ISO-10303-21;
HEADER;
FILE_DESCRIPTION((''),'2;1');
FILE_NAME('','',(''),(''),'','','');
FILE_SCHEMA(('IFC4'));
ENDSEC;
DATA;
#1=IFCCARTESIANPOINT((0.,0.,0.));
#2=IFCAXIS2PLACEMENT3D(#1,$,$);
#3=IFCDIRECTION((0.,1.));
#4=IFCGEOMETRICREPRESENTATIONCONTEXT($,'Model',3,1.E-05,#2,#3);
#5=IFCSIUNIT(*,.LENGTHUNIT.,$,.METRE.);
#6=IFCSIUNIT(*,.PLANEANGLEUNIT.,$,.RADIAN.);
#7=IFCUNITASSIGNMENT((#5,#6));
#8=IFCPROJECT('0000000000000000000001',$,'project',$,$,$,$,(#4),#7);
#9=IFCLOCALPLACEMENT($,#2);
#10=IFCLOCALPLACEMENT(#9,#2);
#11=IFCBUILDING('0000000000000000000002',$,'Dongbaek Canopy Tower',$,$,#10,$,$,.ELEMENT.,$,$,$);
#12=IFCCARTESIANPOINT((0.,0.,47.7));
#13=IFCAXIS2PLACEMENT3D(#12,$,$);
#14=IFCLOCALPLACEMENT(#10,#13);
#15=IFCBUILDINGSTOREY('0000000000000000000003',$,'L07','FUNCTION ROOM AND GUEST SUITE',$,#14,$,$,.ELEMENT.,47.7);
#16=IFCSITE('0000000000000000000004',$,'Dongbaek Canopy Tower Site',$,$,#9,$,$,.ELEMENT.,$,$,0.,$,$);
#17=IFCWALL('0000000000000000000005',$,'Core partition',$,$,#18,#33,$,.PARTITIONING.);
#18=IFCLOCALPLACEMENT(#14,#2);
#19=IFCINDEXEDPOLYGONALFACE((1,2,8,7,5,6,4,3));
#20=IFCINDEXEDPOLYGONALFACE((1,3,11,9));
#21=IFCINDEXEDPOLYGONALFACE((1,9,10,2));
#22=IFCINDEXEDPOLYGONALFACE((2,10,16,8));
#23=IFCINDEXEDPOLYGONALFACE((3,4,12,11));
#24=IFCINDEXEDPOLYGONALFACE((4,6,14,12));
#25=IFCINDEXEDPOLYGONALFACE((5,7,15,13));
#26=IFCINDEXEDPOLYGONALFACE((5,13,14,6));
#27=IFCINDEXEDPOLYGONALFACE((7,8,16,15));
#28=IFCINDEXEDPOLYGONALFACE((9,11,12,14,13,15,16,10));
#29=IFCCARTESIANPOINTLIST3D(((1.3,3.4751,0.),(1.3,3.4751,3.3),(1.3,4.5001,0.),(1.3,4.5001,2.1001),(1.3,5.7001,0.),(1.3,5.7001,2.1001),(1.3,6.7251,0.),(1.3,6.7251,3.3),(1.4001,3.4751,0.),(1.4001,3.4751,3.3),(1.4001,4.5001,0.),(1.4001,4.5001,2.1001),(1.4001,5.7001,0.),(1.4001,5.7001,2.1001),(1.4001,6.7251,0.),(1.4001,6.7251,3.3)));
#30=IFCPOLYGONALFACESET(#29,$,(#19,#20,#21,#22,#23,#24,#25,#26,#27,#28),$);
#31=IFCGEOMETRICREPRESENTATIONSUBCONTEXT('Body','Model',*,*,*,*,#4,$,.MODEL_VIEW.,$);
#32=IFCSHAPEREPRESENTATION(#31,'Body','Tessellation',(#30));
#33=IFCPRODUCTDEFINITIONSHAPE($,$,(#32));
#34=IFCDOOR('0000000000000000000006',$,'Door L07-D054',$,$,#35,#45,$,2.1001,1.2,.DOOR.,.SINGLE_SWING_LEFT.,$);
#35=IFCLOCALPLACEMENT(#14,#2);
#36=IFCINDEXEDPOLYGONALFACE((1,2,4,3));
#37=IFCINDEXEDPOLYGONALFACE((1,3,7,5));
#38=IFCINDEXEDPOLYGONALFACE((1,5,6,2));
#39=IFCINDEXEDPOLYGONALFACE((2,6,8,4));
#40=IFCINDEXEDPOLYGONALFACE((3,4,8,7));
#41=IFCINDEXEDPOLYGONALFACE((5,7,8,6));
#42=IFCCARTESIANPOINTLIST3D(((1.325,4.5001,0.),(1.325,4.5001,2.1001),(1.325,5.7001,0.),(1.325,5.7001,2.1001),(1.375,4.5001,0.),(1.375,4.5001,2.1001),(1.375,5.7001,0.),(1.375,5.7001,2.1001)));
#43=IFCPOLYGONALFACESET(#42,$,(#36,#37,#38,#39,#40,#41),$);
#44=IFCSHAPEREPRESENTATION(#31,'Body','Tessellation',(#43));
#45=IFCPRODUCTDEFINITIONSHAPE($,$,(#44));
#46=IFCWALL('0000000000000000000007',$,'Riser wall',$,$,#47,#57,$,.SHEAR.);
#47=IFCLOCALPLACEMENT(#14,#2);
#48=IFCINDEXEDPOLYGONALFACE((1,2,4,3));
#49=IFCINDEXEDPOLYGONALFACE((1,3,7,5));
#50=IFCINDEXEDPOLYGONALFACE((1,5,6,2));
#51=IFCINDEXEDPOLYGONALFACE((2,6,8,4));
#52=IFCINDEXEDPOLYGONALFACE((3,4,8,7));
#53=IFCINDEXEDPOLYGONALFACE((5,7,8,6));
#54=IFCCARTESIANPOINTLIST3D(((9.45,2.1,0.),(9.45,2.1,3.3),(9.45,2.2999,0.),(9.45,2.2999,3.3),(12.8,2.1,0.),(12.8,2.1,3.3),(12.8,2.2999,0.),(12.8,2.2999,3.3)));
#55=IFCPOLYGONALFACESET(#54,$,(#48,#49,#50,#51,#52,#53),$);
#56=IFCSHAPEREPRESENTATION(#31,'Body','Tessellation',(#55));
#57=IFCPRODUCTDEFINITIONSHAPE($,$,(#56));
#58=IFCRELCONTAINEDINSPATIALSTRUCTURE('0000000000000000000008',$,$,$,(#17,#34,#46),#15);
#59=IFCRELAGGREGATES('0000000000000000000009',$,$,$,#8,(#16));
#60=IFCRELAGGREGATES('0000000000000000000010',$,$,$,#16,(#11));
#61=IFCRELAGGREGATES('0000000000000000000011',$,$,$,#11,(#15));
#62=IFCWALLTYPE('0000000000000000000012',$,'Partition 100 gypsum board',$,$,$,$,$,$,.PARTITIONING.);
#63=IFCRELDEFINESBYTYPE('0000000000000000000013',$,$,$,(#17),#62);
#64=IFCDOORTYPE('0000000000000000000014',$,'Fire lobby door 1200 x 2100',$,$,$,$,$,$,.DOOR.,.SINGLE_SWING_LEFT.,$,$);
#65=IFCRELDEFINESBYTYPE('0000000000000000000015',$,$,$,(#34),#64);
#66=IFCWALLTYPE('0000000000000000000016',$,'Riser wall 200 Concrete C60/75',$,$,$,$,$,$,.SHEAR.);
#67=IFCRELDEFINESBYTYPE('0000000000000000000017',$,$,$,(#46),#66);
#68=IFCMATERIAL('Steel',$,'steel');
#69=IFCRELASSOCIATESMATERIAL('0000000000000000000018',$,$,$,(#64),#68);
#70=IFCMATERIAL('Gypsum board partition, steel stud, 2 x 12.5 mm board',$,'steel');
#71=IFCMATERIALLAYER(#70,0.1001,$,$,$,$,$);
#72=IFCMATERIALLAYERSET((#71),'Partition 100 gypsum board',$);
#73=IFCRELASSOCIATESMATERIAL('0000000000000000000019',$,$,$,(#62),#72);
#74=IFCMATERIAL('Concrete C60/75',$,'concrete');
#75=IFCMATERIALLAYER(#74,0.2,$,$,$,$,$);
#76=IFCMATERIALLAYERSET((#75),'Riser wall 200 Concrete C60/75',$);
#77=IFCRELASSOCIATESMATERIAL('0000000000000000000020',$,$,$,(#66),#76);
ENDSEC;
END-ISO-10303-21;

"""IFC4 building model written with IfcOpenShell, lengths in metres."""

from ifc_helpers import new_model, si_unit, direction, frame, frame_2d, origin, place, context, subcontext, project, spatial, rectangle, extrude, material, layer, layer_set, type_object, element, fill, save


model = new_model("IFC4")

# Units and contexts
model_context = context("Model", 3, precision=1e-05, world=origin(), true_north=direction((0.0, 1.0)))
body_context = subcontext(model_context, "Body", "Model", "MODEL_VIEW")
ifc_project = project(units=[si_unit("LENGTHUNIT", "METRE"), si_unit("PLANEANGLEUNIT", "RADIAN")], contexts=[model_context])

# Site, building, storey
site_placement = place(None, origin())
site = spatial("IfcSite", under=ifc_project, at=site_placement, Name="Dongbaek Canopy Tower Site", CompositionType="ELEMENT", RefElevation=0.0)
building_placement = place(site_placement, origin())
building = spatial("IfcBuilding", under=site, at=building_placement, Name="Dongbaek Canopy Tower", CompositionType="ELEMENT")
storey_placement = place(building_placement, frame((0.0, 0.0, 47.7)))
storey = spatial("IfcBuildingStorey", under=building, at=storey_placement, Name="L07", Description="FUNCTION ROOM AND GUEST SUITE", CompositionType="ELEMENT", Elevation=47.7)

# Shared definitions
ifc_material_1 = material(Name="Steel", Category="steel")
door_type_1 = type_object("IfcDoorType", Name="Fire lobby door 1200 x 2100", OperationType="SINGLE_SWING_LEFT", PredefinedType="DOOR", material=ifc_material_1)

# Wall, opening, door
ifc_material_2 = material(Name="Gypsum board partition, steel stud, 2 x 12.5 mm board", Category="steel")
ifc_layer_1 = layer(ifc_material_2, 0.1001)
ifc_layer_set_1 = layer_set([ifc_layer_1], Name="Partition 100 gypsum board")
wall_type_1 = type_object("IfcWallType", Name="Partition 100 gypsum board", PredefinedType="PARTITIONING", material=ifc_layer_set_1)
wall_1_placement = place(storey_placement, frame((1.3501, 6.7251, 0.0), z_axis=(0.0, 0.0, 1.0), x_axis=(0.0, -1.0, 0.0)))
wall_1 = element("IfcWall", 1, at=wall_1_placement, inside=storey, type_object=wall_type_1, Name="Core partition", PredefinedType="PARTITIONING", context=body_context, shape_type="SweptSolid", body=[
    extrude(rectangle(XDim=3.25, YDim=0.1001, at=frame_2d((1.625, 0.0))), origin(), (0.0, 0.0, 1.0), 3.3),
])
opening_1_placement = place(wall_1_placement, frame((1.0249, 0.0, 0.0)))
opening_1 = element("IfcOpeningElement", 2, at=opening_1_placement, cuts=wall_1, PredefinedType="OPENING", context=body_context, shape_type="SweptSolid", body=[
    extrude(rectangle(XDim=1.2, YDim=2.1001, at=frame_2d((0.6001, 1.05))), frame((0.0, 0.0601, 0.0), z_axis=(0.0, -1.0, 0.0), x_axis=(1.0, 0.0, 0.0)), (0.0, 0.0, 1.0), 0.1201),
])
door_1_placement = place(opening_1_placement, origin())
door_1 = element("IfcDoor", 3, at=door_1_placement, inside=storey, type_object=door_type_1, Name="Door L07-D054", OperationType="SINGLE_SWING_LEFT", OverallHeight=2.1001, OverallWidth=1.2, PredefinedType="DOOR", context=body_context, shape_type="SweptSolid", body=[
    extrude(rectangle(XDim=1.2, YDim=2.1001, at=frame_2d((0.6001, 1.05))), frame((0.0, 0.0249, 0.0), z_axis=(0.0, -1.0, 0.0), x_axis=(1.0, 0.0, 0.0)), (0.0, 0.0, 1.0), 0.05),
])
fill(opening_1, door_1)

# Wall
ifc_material_3 = material(Name="Concrete C60/75", Category="concrete")
ifc_layer_2 = layer(ifc_material_3, 0.2)
ifc_layer_set_2 = layer_set([ifc_layer_2], Name="Riser wall 200 Concrete C60/75")
wall_type_2 = type_object("IfcWallType", Name="Riser wall 200 Concrete C60/75", PredefinedType="SHEAR", material=ifc_layer_set_2)
wall_2_placement = place(storey_placement, frame((9.45, 2.2, 0.0), z_axis=(0.0, 0.0, 1.0), x_axis=(1.0, 0.0, 0.0)))
element("IfcWall", 4, at=wall_2_placement, inside=storey, type_object=wall_type_2, Name="Riser wall", PredefinedType="SHEAR", context=body_context, shape_type="SweptSolid", body=[
    extrude(rectangle(XDim=3.3501, YDim=0.2, at=frame_2d((1.675, 0.0))), origin(), (0.0, 0.0, 1.0), 3.3),
])

save(model, "model.ifc")
